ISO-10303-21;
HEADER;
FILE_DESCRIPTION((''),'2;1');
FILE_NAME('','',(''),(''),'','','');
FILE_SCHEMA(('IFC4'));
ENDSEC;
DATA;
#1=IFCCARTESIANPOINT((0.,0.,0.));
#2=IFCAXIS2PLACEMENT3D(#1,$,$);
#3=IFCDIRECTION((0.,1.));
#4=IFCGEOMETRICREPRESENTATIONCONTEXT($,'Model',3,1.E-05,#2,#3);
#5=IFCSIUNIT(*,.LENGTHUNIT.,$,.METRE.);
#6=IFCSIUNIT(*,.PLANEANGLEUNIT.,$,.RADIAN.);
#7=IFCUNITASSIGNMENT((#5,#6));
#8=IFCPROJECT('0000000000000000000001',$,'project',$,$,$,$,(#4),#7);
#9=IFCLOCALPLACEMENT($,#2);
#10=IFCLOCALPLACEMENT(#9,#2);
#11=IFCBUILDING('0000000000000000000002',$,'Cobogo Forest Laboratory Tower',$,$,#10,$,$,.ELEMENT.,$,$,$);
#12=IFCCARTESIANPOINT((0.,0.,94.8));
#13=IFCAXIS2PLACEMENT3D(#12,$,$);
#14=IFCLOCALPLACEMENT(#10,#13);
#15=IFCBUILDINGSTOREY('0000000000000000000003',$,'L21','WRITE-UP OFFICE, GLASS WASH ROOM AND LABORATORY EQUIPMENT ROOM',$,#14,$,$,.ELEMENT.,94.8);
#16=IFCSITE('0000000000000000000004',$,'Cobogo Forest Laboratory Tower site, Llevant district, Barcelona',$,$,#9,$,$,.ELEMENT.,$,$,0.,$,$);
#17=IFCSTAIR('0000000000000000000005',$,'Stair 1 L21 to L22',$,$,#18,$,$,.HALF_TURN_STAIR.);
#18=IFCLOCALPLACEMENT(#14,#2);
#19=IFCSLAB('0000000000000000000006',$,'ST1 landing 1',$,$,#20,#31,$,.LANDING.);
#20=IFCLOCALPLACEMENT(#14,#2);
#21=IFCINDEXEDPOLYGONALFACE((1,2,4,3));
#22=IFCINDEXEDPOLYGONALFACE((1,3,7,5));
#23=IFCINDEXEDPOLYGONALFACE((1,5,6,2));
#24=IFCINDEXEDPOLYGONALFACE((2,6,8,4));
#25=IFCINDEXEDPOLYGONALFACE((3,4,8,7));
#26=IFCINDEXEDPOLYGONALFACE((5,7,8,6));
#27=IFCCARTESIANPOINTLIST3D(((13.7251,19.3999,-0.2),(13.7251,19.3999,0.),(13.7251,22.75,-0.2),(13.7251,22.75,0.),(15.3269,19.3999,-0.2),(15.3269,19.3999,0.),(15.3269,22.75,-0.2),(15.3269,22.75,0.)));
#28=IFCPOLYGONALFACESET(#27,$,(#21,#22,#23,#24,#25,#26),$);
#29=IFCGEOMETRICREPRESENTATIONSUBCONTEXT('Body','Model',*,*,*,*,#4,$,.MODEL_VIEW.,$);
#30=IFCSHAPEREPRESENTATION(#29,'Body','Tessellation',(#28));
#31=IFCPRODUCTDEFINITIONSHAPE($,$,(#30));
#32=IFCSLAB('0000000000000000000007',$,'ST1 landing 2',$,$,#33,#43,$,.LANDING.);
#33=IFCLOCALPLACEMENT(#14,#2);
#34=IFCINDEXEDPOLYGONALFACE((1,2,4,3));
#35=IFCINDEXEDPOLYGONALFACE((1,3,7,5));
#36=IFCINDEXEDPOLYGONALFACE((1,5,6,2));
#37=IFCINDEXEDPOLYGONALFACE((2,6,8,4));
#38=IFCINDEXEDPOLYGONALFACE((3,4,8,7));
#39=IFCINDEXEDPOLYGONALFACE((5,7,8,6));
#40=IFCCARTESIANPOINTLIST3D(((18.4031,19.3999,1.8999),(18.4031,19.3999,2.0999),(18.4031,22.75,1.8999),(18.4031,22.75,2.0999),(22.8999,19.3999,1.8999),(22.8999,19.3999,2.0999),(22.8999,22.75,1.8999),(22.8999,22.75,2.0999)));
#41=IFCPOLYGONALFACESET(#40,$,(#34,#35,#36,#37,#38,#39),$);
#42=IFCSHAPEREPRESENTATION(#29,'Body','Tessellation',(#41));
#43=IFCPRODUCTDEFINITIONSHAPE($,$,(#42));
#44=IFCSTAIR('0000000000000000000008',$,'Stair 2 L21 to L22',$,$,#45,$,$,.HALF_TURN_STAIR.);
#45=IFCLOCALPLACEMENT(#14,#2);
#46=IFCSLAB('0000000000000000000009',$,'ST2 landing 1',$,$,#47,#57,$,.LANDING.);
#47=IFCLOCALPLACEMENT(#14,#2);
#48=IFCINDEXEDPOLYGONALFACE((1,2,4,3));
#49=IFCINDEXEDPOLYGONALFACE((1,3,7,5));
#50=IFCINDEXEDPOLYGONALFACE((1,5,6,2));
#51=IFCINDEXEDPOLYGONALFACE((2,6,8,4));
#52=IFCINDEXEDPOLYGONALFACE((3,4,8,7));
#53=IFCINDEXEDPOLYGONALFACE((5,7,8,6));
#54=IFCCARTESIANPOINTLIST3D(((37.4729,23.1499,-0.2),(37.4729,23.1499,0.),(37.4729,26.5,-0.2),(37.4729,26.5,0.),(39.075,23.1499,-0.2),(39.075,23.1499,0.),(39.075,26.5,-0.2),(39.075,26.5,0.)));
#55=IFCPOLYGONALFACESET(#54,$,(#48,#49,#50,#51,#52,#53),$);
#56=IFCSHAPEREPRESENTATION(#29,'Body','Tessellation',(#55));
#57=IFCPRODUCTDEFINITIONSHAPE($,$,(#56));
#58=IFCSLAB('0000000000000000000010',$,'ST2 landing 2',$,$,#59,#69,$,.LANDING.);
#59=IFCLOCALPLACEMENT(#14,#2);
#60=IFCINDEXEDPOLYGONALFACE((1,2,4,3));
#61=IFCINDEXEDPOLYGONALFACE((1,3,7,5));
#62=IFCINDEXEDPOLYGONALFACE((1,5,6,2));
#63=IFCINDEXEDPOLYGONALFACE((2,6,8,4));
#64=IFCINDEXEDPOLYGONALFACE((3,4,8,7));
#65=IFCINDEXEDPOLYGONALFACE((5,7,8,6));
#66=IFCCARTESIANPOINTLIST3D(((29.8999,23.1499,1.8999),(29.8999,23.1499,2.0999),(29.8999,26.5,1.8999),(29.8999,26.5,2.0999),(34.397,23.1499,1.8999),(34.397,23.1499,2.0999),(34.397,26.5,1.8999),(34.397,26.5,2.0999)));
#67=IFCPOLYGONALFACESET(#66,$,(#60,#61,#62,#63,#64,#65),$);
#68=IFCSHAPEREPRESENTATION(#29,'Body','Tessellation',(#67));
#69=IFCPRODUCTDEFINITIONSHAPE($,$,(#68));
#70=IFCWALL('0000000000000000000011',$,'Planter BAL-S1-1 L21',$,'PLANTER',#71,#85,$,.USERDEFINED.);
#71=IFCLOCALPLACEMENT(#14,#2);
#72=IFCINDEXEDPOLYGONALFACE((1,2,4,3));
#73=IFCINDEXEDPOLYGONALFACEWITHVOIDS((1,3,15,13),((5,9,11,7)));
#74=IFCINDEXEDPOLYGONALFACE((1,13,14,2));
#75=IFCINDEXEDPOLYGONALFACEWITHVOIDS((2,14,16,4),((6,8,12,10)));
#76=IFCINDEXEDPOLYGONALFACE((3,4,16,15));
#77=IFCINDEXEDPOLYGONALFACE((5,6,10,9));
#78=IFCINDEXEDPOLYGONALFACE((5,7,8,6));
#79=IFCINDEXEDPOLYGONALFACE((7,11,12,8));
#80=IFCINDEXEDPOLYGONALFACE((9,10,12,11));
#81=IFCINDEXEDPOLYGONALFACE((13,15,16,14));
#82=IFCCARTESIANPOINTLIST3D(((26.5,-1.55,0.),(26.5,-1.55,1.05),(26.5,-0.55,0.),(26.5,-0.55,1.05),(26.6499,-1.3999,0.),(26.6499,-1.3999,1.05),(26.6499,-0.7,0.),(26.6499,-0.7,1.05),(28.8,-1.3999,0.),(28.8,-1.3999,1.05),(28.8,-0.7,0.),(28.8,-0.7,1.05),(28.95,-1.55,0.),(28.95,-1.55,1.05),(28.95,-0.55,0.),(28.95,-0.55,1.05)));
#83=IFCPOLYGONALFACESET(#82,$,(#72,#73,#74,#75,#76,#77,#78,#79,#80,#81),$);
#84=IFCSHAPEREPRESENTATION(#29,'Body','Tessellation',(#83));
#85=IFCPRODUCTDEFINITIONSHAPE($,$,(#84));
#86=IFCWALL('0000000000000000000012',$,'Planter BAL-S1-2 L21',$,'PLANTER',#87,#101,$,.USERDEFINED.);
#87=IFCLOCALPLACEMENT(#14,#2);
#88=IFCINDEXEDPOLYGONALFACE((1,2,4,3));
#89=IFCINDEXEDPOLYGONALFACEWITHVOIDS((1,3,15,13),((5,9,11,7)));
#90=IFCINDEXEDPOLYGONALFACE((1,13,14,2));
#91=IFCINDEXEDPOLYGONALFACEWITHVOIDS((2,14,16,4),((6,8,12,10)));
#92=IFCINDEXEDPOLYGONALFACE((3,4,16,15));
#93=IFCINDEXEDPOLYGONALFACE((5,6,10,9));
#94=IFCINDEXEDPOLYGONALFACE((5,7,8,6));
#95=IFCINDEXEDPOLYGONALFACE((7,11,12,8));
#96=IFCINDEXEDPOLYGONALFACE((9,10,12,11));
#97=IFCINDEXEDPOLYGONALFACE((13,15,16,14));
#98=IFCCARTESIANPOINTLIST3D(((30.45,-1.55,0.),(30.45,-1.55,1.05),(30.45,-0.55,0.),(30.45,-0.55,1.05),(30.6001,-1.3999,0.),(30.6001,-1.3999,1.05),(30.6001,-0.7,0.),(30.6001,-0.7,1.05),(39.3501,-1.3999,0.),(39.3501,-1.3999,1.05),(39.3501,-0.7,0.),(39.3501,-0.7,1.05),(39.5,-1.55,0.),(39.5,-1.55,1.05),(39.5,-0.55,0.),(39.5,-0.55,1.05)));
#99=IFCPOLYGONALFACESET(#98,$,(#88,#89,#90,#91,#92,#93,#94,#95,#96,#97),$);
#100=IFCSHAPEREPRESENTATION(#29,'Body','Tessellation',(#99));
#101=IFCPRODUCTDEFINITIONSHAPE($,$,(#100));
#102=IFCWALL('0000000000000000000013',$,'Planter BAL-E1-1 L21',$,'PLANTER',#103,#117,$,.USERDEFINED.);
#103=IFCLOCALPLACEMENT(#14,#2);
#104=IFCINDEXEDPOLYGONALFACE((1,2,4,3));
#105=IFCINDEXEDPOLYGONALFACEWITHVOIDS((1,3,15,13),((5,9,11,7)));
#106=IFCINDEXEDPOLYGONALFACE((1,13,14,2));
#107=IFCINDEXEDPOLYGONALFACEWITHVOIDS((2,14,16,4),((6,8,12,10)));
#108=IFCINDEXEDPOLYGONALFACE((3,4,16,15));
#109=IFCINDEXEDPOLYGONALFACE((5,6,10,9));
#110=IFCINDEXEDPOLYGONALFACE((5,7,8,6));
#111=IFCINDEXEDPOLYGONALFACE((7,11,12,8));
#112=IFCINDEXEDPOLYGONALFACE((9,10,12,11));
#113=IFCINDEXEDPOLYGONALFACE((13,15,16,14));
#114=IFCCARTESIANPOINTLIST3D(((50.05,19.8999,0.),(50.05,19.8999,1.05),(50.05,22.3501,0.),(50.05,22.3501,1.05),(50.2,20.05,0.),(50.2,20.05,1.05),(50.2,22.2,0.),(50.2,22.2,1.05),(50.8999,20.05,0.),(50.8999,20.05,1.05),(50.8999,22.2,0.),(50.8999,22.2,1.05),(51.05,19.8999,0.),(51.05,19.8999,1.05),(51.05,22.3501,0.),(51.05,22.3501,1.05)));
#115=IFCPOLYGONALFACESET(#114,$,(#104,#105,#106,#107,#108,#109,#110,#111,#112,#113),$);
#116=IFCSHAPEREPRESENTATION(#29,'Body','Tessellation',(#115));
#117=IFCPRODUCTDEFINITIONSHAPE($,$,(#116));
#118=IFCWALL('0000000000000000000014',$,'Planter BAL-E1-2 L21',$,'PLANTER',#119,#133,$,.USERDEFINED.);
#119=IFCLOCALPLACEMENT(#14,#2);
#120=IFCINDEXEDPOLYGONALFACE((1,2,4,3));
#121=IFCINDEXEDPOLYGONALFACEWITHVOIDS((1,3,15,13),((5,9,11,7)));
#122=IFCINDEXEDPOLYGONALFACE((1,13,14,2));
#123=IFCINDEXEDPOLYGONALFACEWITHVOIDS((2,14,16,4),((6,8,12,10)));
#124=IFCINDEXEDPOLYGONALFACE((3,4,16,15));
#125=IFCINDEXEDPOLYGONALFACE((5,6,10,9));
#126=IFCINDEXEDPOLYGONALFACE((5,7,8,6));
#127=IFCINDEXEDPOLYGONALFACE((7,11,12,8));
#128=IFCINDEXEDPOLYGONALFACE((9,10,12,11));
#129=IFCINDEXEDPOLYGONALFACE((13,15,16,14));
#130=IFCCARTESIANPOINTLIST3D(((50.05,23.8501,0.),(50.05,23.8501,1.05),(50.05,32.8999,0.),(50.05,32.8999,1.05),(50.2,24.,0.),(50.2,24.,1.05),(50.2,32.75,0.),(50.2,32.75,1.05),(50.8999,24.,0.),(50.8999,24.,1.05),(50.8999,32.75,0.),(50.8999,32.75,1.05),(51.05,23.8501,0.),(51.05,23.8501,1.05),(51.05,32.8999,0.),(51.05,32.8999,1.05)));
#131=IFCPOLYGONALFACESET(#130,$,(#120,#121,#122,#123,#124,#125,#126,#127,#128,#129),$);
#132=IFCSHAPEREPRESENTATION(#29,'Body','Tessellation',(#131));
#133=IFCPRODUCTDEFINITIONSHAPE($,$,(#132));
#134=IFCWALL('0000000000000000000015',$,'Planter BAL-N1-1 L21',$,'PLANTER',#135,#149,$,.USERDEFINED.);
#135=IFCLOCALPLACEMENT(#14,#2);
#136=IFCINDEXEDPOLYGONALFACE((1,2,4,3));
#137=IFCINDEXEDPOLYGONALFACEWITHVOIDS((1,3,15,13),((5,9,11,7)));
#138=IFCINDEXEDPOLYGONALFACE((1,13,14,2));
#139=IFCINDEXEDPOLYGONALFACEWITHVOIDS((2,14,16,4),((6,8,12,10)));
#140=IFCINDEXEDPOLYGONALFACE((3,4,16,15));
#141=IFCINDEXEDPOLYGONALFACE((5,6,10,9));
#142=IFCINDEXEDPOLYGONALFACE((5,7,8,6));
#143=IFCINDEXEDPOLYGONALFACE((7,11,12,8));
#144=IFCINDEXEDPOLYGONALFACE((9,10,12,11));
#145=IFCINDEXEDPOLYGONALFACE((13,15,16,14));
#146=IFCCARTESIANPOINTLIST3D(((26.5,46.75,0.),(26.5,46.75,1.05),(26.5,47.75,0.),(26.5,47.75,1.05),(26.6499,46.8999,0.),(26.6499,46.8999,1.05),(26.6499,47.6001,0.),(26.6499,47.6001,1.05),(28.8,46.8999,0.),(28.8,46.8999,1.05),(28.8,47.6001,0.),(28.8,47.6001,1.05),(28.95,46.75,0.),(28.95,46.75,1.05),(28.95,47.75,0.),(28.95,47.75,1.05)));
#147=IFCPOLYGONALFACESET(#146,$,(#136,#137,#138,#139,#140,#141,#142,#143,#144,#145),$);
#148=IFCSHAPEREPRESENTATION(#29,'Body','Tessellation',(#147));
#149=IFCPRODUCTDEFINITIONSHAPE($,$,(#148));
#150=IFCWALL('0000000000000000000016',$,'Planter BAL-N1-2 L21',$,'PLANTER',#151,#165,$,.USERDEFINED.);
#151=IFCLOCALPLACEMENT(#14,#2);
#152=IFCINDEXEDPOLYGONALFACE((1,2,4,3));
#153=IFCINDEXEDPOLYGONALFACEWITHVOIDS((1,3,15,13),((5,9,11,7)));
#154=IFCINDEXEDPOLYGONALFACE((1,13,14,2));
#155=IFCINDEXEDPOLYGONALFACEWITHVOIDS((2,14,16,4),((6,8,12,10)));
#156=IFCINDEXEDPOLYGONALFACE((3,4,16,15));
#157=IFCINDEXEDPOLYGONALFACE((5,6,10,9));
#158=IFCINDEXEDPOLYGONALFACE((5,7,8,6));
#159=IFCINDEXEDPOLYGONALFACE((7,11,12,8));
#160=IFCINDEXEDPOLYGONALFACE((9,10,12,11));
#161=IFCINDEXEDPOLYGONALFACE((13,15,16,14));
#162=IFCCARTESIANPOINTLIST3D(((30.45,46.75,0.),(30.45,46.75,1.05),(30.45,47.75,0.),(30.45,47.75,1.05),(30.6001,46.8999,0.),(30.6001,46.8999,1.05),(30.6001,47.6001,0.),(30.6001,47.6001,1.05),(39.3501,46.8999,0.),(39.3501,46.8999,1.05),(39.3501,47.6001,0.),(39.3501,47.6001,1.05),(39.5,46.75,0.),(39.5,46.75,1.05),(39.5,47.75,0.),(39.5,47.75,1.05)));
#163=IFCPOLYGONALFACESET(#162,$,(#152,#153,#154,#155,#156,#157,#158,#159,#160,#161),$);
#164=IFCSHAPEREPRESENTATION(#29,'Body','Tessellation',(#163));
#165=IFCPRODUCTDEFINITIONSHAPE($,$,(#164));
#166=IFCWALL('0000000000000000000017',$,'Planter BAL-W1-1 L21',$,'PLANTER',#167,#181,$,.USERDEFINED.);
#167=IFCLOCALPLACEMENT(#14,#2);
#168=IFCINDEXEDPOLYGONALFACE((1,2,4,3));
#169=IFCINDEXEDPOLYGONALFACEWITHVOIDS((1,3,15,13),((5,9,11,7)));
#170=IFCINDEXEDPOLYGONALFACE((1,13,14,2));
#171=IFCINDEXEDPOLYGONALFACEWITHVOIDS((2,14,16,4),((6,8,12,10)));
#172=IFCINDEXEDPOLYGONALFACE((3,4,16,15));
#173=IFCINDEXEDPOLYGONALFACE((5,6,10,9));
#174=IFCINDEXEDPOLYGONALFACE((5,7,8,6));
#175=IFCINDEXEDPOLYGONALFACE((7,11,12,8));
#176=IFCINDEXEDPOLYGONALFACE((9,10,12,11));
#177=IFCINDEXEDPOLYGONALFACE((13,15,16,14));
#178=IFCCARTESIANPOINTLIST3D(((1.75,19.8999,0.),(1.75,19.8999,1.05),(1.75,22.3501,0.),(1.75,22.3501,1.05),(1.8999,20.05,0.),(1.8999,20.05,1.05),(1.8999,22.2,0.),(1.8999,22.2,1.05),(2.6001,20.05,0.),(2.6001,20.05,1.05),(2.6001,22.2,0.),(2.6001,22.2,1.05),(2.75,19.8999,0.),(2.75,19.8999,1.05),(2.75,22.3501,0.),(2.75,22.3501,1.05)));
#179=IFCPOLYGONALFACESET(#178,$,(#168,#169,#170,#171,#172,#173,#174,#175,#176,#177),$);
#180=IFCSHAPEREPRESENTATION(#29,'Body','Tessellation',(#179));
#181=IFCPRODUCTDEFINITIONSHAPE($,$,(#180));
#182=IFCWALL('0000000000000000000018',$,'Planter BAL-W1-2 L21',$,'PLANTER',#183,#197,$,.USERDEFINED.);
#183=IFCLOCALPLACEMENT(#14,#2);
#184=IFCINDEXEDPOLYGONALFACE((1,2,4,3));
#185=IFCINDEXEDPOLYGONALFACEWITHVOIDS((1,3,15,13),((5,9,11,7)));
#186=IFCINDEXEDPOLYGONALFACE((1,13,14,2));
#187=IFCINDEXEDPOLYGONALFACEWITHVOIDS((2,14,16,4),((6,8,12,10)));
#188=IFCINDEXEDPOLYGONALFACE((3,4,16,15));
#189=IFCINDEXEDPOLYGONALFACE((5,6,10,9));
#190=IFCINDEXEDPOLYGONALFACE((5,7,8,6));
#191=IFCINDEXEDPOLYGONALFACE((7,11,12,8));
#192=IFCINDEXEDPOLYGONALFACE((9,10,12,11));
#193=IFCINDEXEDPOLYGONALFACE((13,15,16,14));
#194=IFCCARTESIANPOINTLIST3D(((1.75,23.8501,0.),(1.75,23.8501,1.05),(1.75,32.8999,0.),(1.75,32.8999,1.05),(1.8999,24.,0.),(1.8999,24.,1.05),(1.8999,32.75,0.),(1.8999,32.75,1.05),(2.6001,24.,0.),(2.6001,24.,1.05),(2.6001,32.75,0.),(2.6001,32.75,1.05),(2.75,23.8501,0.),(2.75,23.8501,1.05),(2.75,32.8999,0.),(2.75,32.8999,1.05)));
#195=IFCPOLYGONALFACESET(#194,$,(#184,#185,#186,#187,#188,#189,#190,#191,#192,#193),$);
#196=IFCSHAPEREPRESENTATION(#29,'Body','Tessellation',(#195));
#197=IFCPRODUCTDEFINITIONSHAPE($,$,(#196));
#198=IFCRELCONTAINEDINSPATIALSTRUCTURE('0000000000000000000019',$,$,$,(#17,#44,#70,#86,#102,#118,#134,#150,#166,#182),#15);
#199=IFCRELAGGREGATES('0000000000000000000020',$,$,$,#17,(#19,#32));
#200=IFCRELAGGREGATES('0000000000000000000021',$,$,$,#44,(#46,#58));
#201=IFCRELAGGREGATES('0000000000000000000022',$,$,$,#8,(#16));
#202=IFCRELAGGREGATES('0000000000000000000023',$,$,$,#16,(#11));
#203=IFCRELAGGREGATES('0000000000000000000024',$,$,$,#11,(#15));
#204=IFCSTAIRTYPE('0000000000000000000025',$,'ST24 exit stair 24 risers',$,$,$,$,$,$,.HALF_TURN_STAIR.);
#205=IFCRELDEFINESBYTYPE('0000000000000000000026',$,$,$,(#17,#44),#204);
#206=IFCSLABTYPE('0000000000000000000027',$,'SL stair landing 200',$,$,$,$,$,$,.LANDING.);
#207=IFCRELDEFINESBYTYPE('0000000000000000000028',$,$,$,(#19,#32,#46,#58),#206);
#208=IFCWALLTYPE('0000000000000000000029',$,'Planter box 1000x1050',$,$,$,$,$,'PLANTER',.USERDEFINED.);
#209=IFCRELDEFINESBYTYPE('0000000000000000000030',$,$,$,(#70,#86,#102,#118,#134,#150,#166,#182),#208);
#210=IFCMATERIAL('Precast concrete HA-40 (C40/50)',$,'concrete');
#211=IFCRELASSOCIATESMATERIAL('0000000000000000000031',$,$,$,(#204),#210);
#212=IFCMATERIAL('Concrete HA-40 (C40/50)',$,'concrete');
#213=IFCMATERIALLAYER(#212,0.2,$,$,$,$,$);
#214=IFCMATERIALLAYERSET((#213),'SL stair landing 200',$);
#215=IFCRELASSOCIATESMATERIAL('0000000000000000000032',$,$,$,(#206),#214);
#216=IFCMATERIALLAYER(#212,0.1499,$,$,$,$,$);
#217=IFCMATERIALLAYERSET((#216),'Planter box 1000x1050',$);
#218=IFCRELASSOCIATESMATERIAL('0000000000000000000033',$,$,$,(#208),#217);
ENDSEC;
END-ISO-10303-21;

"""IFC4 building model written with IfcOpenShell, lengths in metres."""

from ifc_helpers import new_model, si_unit, direction, frame, origin, place, context, subcontext, project, spatial, polyline, outline, extrude, material, layer, layer_set, type_object, element, aggregate, save


model = new_model("IFC4")

# Units and contexts
model_context = context("Model", 3, precision=1e-05, world=origin(), true_north=direction((0.0, 1.0)))
body_context = subcontext(model_context, "Body", "Model", "MODEL_VIEW")
ifc_project = project(units=[si_unit("LENGTHUNIT", "METRE"), si_unit("PLANEANGLEUNIT", "RADIAN")], contexts=[model_context])

# Site, building, storey
site_placement = place(None, origin())
site = spatial("IfcSite", under=ifc_project, at=site_placement, Name="Cobogo Forest Laboratory Tower site, Llevant district, Barcelona", CompositionType="ELEMENT", RefElevation=0.0)
building_placement = place(site_placement, origin())
building = spatial("IfcBuilding", under=site, at=building_placement, Name="Cobogo Forest Laboratory Tower", CompositionType="ELEMENT")
storey_placement = place(building_placement, frame((0.0, 0.0, 94.8)))
storey = spatial("IfcBuildingStorey", under=building, at=storey_placement, Name="L21", Description="WRITE-UP OFFICE, GLASS WASH ROOM AND LABORATORY EQUIPMENT ROOM", CompositionType="ELEMENT", Elevation=94.8)

# Shared definitions
ifc_material_1 = material(Name="Concrete HA-40 (C40/50)", Category="concrete")

# Stairs, slabs
ifc_material_2 = material(Name="Precast concrete HA-40 (C40/50)", Category="concrete")
stair_type = type_object("IfcStairType", Name="ST24 exit stair 24 risers", PredefinedType="HALF_TURN_STAIR", material=ifc_material_2)
stair_1_placement = place(storey_placement, origin())
stair_1 = element("IfcStair", 1, at=stair_1_placement, inside=storey, type_object=stair_type, Name="Stair 1 L21 to L22", PredefinedType="HALF_TURN_STAIR")
ifc_layer_1 = layer(ifc_material_1, 0.2)
ifc_layer_set_1 = layer_set([ifc_layer_1], Name="SL stair landing 200")
slab_type_1 = type_object("IfcSlabType", Name="SL stair landing 200", PredefinedType="LANDING", material=ifc_layer_set_1)
slab_1_placement = place(storey_placement, frame((0.0, 0.0, -0.2)))
slab_1 = element("IfcSlab", 2, at=slab_1_placement, type_object=slab_type_1, Name="ST1 landing 1", PredefinedType="LANDING", context=body_context, shape_type="SweptSolid", body=[
    extrude(outline(polyline([(13.7251, 19.3999), (15.3269, 19.3999), (15.3269, 22.75), (13.7251, 22.75), (13.7251, 19.3999)])), origin(), (0.0, 0.0, 1.0), 0.2),
])
slab_2_placement = place(storey_placement, frame((0.0, 0.0, 1.8999)))
slab_2 = element("IfcSlab", 3, at=slab_2_placement, type_object=slab_type_1, Name="ST1 landing 2", PredefinedType="LANDING", context=body_context, shape_type="SweptSolid", body=[
    extrude(outline(polyline([(18.4031, 19.3999), (22.8999, 19.3999), (22.8999, 22.75), (18.4031, 22.75), (18.4031, 19.3999)])), origin(), (0.0, 0.0, 1.0), 0.2),
])
aggregate(stair_1, [slab_1, slab_2])
stair_2_placement = place(storey_placement, origin())
stair_2 = element("IfcStair", 4, at=stair_2_placement, inside=storey, type_object=stair_type, Name="Stair 2 L21 to L22", PredefinedType="HALF_TURN_STAIR")
slab_3_placement = place(storey_placement, frame((0.0, 0.0, -0.2)))
slab_3 = element("IfcSlab", 5, at=slab_3_placement, type_object=slab_type_1, Name="ST2 landing 1", PredefinedType="LANDING", context=body_context, shape_type="SweptSolid", body=[
    extrude(outline(polyline([(37.4729, 23.1499), (39.075, 23.1499), (39.075, 26.5), (37.4729, 26.5), (37.4729, 23.1499)])), origin(), (0.0, 0.0, 1.0), 0.2),
])
slab_4_placement = place(storey_placement, frame((0.0, 0.0, 1.8999)))
slab_4 = element("IfcSlab", 6, at=slab_4_placement, type_object=slab_type_1, Name="ST2 landing 2", PredefinedType="LANDING", context=body_context, shape_type="SweptSolid", body=[
    extrude(outline(polyline([(29.8999, 23.1499), (34.397, 23.1499), (34.397, 26.5), (29.8999, 26.5), (29.8999, 23.1499)])), origin(), (0.0, 0.0, 1.0), 0.2),
])
aggregate(stair_2, [slab_3, slab_4])

# Walls
ifc_layer_2 = layer(ifc_material_1, 0.1499)
ifc_layer_set_2 = layer_set([ifc_layer_2], Name="Planter box 1000x1050")
wall_type = type_object("IfcWallType", Name="Planter box 1000x1050", ElementType="PLANTER", PredefinedType="USERDEFINED", material=ifc_layer_set_2)
wall_1_placement = place(storey_placement, origin())
element("IfcWall", 7, at=wall_1_placement, inside=storey, type_object=wall_type, Name="Planter BAL-S1-1 L21", ObjectType="PLANTER", PredefinedType="USERDEFINED", context=body_context, shape_type="SweptSolid", body=[
    extrude(outline(polyline([(26.5, -1.55), (28.95, -1.55), (28.95, -0.55), (26.5, -0.55), (26.5, -1.55)]), holes=[polyline([(26.6499, -1.3999), (28.8, -1.3999), (28.8, -0.7), (26.6499, -0.7), (26.6499, -1.3999)])]), origin(), (0.0, 0.0, 1.0), 1.05),
])
wall_2_placement = place(storey_placement, origin())
element("IfcWall", 8, at=wall_2_placement, inside=storey, type_object=wall_type, Name="Planter BAL-S1-2 L21", ObjectType="PLANTER", PredefinedType="USERDEFINED", context=body_context, shape_type="SweptSolid", body=[
    extrude(outline(polyline([(30.45, -1.55), (39.5, -1.55), (39.5, -0.55), (30.45, -0.55), (30.45, -1.55)]), holes=[polyline([(30.6001, -1.3999), (39.3501, -1.3999), (39.3501, -0.7), (30.6001, -0.7), (30.6001, -1.3999)])]), origin(), (0.0, 0.0, 1.0), 1.05),
])
wall_3_placement = place(storey_placement, origin())
element("IfcWall", 9, at=wall_3_placement, inside=storey, type_object=wall_type, Name="Planter BAL-E1-1 L21", ObjectType="PLANTER", PredefinedType="USERDEFINED", context=body_context, shape_type="SweptSolid", body=[
    extrude(outline(polyline([(50.05, 19.8999), (51.05, 19.8999), (51.05, 22.3501), (50.05, 22.3501), (50.05, 19.8999)]), holes=[polyline([(50.2, 20.05), (50.8999, 20.05), (50.8999, 22.2), (50.2, 22.2), (50.2, 20.05)])]), origin(), (0.0, 0.0, 1.0), 1.05),
])
wall_4_placement = place(storey_placement, origin())
element("IfcWall", 10, at=wall_4_placement, inside=storey, type_object=wall_type, Name="Planter BAL-E1-2 L21", ObjectType="PLANTER", PredefinedType="USERDEFINED", context=body_context, shape_type="SweptSolid", body=[
    extrude(outline(polyline([(50.05, 23.8501), (51.05, 23.8501), (51.05, 32.8999), (50.05, 32.8999), (50.05, 23.8501)]), holes=[polyline([(50.2, 24.0), (50.8999, 24.0), (50.8999, 32.75), (50.2, 32.75), (50.2, 24.0)])]), origin(), (0.0, 0.0, 1.0), 1.05),
])
wall_5_placement = place(storey_placement, origin())
element("IfcWall", 11, at=wall_5_placement, inside=storey, type_object=wall_type, Name="Planter BAL-N1-1 L21", ObjectType="PLANTER", PredefinedType="USERDEFINED", context=body_context, shape_type="SweptSolid", body=[
    extrude(outline(polyline([(26.5, 46.75), (28.95, 46.75), (28.95, 47.75), (26.5, 47.75), (26.5, 46.75)]), holes=[polyline([(26.6499, 46.8999), (28.8, 46.8999), (28.8, 47.6001), (26.6499, 47.6001), (26.6499, 46.8999)])]), origin(), (0.0, 0.0, 1.0), 1.05),
])
wall_6_placement = place(storey_placement, origin())
element("IfcWall", 12, at=wall_6_placement, inside=storey, type_object=wall_type, Name="Planter BAL-N1-2 L21", ObjectType="PLANTER", PredefinedType="USERDEFINED", context=body_context, shape_type="SweptSolid", body=[
    extrude(outline(polyline([(30.45, 46.75), (39.5, 46.75), (39.5, 47.75), (30.45, 47.75), (30.45, 46.75)]), holes=[polyline([(30.6001, 46.8999), (39.3501, 46.8999), (39.3501, 47.6001), (30.6001, 47.6001), (30.6001, 46.8999)])]), origin(), (0.0, 0.0, 1.0), 1.05),
])
wall_7_placement = place(storey_placement, origin())
element("IfcWall", 13, at=wall_7_placement, inside=storey, type_object=wall_type, Name="Planter BAL-W1-1 L21", ObjectType="PLANTER", PredefinedType="USERDEFINED", context=body_context, shape_type="SweptSolid", body=[
    extrude(outline(polyline([(1.75, 19.8999), (2.75, 19.8999), (2.75, 22.3501), (1.75, 22.3501), (1.75, 19.8999)]), holes=[polyline([(1.8999, 20.05), (2.6001, 20.05), (2.6001, 22.2), (1.8999, 22.2), (1.8999, 20.05)])]), origin(), (0.0, 0.0, 1.0), 1.05),
])
wall_8_placement = place(storey_placement, origin())
element("IfcWall", 14, at=wall_8_placement, inside=storey, type_object=wall_type, Name="Planter BAL-W1-2 L21", ObjectType="PLANTER", PredefinedType="USERDEFINED", context=body_context, shape_type="SweptSolid", body=[
    extrude(outline(polyline([(1.75, 23.8501), (2.75, 23.8501), (2.75, 32.8999), (1.75, 32.8999), (1.75, 23.8501)]), holes=[polyline([(1.8999, 24.0), (2.6001, 24.0), (2.6001, 32.75), (1.8999, 32.75), (1.8999, 24.0)])]), origin(), (0.0, 0.0, 1.0), 1.05),
])

save(model, "model.ifc")
